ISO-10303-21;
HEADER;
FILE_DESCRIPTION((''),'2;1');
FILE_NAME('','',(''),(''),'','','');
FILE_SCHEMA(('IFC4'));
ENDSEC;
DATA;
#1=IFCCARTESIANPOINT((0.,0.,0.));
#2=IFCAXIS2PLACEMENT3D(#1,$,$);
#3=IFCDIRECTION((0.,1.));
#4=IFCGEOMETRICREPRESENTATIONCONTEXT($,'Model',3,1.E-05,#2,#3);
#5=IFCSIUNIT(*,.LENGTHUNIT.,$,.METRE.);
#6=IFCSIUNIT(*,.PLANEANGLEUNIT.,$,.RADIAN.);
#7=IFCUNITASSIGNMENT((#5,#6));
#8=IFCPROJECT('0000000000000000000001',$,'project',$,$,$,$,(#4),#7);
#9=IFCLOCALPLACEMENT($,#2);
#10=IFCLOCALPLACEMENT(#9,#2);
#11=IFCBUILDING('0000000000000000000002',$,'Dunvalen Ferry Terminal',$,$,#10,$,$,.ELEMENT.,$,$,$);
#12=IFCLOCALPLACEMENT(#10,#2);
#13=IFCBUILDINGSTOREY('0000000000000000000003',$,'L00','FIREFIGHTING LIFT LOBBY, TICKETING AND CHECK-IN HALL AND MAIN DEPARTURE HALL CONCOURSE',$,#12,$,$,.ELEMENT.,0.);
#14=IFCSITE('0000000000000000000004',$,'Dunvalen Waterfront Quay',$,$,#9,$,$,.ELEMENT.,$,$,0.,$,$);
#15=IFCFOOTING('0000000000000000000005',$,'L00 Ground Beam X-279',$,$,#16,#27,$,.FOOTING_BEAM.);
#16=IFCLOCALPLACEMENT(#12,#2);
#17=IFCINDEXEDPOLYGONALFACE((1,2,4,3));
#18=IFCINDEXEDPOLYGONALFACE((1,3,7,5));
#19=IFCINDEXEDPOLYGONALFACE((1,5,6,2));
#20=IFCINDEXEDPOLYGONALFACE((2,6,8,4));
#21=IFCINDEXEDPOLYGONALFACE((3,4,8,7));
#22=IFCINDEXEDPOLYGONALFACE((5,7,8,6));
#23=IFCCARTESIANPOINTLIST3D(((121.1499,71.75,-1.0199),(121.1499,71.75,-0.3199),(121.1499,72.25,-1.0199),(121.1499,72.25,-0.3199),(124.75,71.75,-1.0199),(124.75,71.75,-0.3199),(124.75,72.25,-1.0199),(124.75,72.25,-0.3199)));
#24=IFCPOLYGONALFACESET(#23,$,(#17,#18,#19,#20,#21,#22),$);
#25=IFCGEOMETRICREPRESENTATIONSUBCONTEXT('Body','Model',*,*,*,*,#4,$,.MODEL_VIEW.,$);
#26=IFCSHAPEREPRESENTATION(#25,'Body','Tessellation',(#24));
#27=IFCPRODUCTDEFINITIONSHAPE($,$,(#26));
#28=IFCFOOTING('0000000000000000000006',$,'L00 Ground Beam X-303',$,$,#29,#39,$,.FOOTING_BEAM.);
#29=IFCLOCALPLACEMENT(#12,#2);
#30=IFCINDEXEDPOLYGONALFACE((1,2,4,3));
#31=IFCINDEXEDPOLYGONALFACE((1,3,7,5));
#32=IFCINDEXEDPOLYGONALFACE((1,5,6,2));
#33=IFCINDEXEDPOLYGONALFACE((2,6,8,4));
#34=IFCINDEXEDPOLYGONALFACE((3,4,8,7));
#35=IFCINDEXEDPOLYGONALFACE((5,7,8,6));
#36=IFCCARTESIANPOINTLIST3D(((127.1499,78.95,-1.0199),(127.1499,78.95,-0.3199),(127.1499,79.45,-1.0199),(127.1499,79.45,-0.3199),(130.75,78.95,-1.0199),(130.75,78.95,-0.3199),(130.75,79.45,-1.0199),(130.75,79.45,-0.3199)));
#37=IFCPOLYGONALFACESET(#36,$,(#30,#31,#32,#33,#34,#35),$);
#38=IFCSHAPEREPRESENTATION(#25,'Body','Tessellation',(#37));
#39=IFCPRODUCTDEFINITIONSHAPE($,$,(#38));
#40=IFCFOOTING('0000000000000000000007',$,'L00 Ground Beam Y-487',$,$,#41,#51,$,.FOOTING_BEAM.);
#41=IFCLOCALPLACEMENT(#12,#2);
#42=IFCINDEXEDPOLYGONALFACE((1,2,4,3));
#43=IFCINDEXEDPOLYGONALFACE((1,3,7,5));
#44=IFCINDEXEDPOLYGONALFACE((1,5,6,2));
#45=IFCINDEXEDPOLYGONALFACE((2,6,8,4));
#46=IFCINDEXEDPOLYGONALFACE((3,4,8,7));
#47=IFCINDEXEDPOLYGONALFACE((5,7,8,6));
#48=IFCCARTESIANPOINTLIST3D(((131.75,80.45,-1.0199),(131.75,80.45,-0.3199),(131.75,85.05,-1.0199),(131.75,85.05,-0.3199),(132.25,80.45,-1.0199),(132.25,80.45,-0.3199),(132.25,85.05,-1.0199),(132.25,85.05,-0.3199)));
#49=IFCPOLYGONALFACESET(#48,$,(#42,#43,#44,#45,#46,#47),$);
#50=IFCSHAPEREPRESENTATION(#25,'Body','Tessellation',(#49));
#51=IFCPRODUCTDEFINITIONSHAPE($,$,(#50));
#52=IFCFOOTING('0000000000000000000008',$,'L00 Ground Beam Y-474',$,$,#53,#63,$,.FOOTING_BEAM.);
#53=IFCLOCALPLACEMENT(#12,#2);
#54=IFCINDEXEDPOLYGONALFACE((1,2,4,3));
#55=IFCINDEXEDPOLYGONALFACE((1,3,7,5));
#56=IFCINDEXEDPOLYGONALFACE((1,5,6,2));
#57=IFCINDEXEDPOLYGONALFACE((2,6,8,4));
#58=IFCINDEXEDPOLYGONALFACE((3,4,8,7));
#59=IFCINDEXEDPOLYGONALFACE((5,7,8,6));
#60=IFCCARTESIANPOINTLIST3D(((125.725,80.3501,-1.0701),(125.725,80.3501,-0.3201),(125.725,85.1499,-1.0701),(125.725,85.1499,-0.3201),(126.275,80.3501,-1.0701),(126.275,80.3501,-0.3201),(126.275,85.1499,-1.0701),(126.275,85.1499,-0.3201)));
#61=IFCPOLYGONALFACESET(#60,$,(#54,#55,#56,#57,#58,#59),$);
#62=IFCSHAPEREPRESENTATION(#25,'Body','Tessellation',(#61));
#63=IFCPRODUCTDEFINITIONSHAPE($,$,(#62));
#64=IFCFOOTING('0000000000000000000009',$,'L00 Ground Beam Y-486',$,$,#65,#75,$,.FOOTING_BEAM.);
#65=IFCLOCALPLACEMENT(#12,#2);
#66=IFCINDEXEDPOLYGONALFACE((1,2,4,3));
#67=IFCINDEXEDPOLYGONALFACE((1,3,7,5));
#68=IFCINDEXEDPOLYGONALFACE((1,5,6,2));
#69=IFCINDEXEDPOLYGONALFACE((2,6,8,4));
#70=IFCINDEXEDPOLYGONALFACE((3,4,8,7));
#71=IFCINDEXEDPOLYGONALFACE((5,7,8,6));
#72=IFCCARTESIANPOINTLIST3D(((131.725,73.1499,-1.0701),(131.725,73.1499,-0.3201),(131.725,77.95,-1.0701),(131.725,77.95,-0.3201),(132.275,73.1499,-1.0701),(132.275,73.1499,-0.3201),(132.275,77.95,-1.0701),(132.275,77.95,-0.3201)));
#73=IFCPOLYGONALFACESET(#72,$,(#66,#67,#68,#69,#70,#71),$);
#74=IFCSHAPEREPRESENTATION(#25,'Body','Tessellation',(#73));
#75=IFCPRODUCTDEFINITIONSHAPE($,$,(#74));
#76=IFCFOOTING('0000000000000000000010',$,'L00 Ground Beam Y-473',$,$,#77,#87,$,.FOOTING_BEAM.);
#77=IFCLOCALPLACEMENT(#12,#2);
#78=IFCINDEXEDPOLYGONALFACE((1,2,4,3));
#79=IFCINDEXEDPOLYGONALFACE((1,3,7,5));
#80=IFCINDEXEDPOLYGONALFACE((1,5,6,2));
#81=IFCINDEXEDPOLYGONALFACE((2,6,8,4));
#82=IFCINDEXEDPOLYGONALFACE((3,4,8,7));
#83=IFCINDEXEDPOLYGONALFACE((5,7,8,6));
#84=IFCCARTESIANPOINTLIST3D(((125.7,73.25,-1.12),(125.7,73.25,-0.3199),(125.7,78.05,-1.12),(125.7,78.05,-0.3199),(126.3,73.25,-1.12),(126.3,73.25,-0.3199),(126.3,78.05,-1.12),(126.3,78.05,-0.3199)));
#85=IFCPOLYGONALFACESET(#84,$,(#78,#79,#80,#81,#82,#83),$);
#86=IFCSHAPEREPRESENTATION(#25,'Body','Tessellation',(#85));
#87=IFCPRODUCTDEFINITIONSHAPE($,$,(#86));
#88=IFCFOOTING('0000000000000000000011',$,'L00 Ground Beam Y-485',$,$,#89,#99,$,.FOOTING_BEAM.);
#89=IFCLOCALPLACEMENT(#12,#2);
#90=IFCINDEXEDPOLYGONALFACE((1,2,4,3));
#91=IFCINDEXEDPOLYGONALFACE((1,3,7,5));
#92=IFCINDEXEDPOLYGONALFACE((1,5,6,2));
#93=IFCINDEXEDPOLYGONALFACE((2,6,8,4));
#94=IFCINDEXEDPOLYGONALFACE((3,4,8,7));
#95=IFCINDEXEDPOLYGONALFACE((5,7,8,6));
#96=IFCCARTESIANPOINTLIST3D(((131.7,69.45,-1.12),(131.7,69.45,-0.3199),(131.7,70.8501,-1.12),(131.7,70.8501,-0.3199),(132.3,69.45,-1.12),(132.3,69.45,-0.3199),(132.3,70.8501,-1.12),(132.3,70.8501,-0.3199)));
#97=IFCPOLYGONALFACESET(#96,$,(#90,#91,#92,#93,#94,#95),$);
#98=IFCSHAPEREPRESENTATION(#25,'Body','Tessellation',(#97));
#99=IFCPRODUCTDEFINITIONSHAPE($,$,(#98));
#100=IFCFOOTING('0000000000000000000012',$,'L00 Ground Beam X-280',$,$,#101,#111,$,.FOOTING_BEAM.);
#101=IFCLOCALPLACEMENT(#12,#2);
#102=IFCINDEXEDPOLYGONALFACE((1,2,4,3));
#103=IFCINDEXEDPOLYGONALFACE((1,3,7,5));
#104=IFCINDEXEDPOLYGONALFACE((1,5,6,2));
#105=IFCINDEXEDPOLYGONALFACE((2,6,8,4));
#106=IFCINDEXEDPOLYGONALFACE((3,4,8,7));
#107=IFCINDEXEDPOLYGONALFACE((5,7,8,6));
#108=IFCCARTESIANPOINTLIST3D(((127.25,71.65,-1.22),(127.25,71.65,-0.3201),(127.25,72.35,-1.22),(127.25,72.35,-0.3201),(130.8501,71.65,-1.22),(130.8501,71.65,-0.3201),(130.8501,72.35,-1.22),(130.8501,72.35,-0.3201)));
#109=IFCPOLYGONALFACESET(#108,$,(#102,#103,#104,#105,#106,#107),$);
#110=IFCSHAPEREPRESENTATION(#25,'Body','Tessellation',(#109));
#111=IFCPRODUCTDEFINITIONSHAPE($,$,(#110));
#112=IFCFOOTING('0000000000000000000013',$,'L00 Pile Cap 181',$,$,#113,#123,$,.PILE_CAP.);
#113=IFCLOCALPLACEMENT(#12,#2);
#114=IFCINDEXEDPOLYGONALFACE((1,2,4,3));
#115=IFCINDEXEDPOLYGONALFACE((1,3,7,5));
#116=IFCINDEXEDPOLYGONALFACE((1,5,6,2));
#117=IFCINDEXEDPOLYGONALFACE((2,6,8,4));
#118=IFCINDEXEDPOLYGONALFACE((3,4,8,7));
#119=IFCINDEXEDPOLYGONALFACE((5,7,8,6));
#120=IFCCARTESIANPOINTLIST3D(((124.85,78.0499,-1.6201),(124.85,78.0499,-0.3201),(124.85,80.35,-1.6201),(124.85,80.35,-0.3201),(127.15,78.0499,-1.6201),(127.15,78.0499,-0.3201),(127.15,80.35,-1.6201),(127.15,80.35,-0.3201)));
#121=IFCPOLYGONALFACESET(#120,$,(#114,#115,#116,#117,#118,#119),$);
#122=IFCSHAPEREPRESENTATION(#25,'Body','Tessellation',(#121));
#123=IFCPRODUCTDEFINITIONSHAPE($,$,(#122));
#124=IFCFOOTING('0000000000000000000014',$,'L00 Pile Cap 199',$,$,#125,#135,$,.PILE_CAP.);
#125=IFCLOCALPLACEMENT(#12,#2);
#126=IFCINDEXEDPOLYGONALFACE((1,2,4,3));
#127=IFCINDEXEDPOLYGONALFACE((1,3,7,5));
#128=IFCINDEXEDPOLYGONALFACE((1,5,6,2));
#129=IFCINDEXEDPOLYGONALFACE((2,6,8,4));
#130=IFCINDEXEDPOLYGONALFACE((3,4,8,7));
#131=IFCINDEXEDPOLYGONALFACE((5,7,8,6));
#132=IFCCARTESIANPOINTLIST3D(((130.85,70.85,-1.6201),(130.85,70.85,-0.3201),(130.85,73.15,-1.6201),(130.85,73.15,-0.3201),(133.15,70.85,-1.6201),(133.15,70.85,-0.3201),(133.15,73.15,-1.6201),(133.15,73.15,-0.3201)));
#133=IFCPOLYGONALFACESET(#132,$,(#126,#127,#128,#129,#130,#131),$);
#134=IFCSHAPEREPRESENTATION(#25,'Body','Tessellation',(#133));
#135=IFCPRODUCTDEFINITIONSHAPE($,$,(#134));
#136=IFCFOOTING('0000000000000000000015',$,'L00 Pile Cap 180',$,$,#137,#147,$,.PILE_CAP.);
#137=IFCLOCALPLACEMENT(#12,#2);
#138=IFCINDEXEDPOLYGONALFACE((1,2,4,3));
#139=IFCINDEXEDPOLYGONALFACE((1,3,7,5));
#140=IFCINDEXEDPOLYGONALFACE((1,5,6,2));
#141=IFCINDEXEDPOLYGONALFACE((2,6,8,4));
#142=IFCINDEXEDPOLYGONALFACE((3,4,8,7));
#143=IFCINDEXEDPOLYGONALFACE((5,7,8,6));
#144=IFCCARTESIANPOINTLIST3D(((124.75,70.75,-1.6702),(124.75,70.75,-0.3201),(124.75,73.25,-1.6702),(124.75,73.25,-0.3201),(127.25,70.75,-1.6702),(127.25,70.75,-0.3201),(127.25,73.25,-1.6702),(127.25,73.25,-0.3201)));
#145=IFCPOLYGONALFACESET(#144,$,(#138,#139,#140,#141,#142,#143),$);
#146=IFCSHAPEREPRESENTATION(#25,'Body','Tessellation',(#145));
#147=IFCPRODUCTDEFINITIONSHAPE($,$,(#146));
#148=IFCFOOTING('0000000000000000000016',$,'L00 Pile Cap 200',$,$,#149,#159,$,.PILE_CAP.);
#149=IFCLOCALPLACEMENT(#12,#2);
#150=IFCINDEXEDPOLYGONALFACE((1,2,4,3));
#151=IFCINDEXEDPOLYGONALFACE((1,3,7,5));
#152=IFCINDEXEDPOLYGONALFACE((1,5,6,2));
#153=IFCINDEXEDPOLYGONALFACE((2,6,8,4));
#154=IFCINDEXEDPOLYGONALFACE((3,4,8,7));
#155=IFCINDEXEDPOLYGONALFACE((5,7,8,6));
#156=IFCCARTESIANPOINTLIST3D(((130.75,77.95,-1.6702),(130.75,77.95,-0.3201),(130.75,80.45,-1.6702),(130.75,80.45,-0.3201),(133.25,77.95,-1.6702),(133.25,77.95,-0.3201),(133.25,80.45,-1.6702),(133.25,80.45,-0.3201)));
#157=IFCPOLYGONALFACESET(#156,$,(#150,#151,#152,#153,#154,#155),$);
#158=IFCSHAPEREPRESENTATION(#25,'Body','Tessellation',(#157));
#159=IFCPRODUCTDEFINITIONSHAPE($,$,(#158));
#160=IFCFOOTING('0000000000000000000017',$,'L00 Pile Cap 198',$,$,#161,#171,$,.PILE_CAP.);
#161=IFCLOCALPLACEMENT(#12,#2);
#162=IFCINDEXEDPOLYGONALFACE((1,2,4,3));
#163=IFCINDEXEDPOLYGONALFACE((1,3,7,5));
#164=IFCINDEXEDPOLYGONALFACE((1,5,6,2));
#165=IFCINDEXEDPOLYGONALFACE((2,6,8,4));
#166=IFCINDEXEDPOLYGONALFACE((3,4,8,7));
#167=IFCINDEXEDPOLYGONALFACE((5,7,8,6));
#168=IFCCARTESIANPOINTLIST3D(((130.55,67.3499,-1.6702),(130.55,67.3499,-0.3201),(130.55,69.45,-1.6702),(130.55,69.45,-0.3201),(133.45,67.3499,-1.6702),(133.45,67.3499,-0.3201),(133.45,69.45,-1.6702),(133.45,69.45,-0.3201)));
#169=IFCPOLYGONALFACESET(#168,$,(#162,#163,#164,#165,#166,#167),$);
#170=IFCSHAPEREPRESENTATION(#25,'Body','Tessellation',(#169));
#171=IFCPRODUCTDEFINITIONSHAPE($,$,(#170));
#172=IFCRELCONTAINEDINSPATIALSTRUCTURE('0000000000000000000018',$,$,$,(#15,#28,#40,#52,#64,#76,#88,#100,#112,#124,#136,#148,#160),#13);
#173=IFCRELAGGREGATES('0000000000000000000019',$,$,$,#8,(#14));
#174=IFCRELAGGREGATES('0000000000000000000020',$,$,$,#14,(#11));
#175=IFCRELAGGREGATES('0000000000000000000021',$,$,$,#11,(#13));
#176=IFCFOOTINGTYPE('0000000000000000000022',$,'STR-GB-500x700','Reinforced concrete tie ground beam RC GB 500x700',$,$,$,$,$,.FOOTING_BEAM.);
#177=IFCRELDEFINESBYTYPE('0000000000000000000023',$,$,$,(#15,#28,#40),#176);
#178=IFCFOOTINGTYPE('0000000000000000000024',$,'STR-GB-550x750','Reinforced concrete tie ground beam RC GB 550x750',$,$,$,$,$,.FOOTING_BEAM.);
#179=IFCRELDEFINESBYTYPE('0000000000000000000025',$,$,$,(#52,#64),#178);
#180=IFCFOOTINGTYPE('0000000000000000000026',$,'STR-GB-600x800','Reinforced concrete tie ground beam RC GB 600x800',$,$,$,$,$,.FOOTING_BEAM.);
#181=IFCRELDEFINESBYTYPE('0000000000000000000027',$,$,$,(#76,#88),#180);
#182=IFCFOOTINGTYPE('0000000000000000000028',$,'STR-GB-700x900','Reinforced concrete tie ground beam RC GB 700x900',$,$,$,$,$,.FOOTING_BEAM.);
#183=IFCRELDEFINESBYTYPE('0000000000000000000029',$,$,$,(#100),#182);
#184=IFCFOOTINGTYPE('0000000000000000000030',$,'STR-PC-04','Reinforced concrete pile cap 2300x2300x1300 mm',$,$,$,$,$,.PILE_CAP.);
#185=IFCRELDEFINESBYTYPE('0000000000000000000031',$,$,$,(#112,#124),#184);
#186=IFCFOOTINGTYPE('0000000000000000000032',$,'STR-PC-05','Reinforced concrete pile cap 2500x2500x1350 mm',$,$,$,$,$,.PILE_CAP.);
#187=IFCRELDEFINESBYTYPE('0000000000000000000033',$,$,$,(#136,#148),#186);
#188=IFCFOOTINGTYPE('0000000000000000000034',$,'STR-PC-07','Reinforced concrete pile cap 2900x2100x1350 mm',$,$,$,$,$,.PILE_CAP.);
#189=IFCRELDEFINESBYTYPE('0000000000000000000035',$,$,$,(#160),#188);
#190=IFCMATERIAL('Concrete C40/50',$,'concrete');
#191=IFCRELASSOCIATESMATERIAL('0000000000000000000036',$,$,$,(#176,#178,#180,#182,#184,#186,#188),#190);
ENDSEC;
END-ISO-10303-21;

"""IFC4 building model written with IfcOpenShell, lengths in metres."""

from ifc_helpers import new_model, si_unit, direction, frame, origin, origin_2d, place, context, subcontext, project, spatial, rectangle, extrude, material, material_profile, profile_set, type_object, element, save


model = new_model("IFC4")

# Units and contexts
model_context = context("Model", 3, precision=1e-05, world=origin(), true_north=direction((0.0, 1.0)))
body_context = subcontext(model_context, "Body", "Model", "MODEL_VIEW")
ifc_project = project(units=[si_unit("LENGTHUNIT", "METRE"), si_unit("PLANEANGLEUNIT", "RADIAN")], contexts=[model_context])

# Site, building, storey
site_placement = place(None, origin())
site = spatial("IfcSite", under=ifc_project, at=site_placement, Name="Dunvalen Waterfront Quay", CompositionType="ELEMENT", RefElevation=0.0)
building_placement = place(site_placement, origin())
building = spatial("IfcBuilding", under=site, at=building_placement, Name="Dunvalen Ferry Terminal", CompositionType="ELEMENT")
storey_placement = place(building_placement, origin())
storey = spatial("IfcBuildingStorey", under=building, at=storey_placement, Name="L00", Description="FIREFIGHTING LIFT LOBBY, TICKETING AND CHECK-IN HALL AND MAIN DEPARTURE HALL CONCOURSE", CompositionType="ELEMENT", Elevation=0.0)

# Footings
ifc_material_1 = material(Name="Concrete C40/50", Category="concrete")
ifc_material_profile_1 = material_profile(ifc_material_1, rectangle(XDim=0.5, YDim=0.7, at=origin_2d()), Name="Concrete C40/50")
ifc_profile_set_1 = profile_set([ifc_material_profile_1], Name="Concrete C40/50")
footing_type_1 = type_object("IfcFootingType", Name="STR-GB-500x700", Description="Reinforced concrete tie ground beam RC GB 500x700", PredefinedType="FOOTING_BEAM", material=ifc_profile_set_1)
for number, where, z_axis, x_axis, name in (
    (1, (121.1499, 72.0, -0.6699), (1.0, 0.0, 0.0), (0.0, 1.0, 0.0), "L00 Ground Beam X-279"),
    (2, (127.1499, 79.2, -0.6699), (1.0, 0.0, 0.0), (0.0, 1.0, 0.0), "L00 Ground Beam X-303"),
):
    element("IfcFooting", number, at=place(storey_placement, frame(where, z_axis=z_axis, x_axis=x_axis)), inside=storey, type_object=footing_type_1, Name=name, PredefinedType="FOOTING_BEAM", context=body_context, shape_type="SweptSolid", body=[
        extrude(rectangle(XDim=0.5, YDim=0.7, at=origin_2d()), origin(), (0.0, 0.0, 1.0), 3.6001),
    ])
footing_1_placement = place(storey_placement, frame((132.0, 80.45, -0.6699), z_axis=(0.0, 1.0, 0.0), x_axis=(-1.0, 0.0, 0.0)))
element("IfcFooting", 3, at=footing_1_placement, inside=storey, type_object=footing_type_1, Name="L00 Ground Beam Y-487", PredefinedType="FOOTING_BEAM", context=body_context, shape_type="SweptSolid", body=[
    extrude(rectangle(XDim=0.5, YDim=0.7, at=origin_2d()), origin(), (0.0, 0.0, 1.0), 4.6001),
])
ifc_material_profile_2 = material_profile(ifc_material_1, rectangle(XDim=0.55, YDim=0.75, at=origin_2d()), Name="Concrete C40/50")
ifc_profile_set_2 = profile_set([ifc_material_profile_2], Name="Concrete C40/50")
footing_type_2 = type_object("IfcFootingType", Name="STR-GB-550x750", Description="Reinforced concrete tie ground beam RC GB 550x750", PredefinedType="FOOTING_BEAM", material=ifc_profile_set_2)
footing_2_placement = place(storey_placement, frame((126.0, 80.3501, -0.6951), z_axis=(0.0, 1.0, 0.0), x_axis=(-1.0, 0.0, 0.0)))
element("IfcFooting", 4, at=footing_2_placement, inside=storey, type_object=footing_type_2, Name="L00 Ground Beam Y-474", PredefinedType="FOOTING_BEAM", context=body_context, shape_type="SweptSolid", body=[
    extrude(rectangle(XDim=0.55, YDim=0.75, at=origin_2d()), origin(), (0.0, 0.0, 1.0), 4.7998),
])
footing_3_placement = place(storey_placement, frame((132.0, 73.1499, -0.6951), z_axis=(0.0, 1.0, 0.0), x_axis=(-1.0, 0.0, 0.0)))
element("IfcFooting", 5, at=footing_3_placement, inside=storey, type_object=footing_type_2, Name="L00 Ground Beam Y-486", PredefinedType="FOOTING_BEAM", context=body_context, shape_type="SweptSolid", body=[
    extrude(rectangle(XDim=0.55, YDim=0.75, at=origin_2d()), origin(), (0.0, 0.0, 1.0), 4.8),
])
ifc_material_profile_3 = material_profile(ifc_material_1, rectangle(XDim=0.6001, YDim=0.8, at=origin_2d()), Name="Concrete C40/50")
ifc_profile_set_3 = profile_set([ifc_material_profile_3], Name="Concrete C40/50")
footing_type_3 = type_object("IfcFootingType", Name="STR-GB-600x800", Description="Reinforced concrete tie ground beam RC GB 600x800", PredefinedType="FOOTING_BEAM", material=ifc_profile_set_3)
footing_4_placement = place(storey_placement, frame((126.0, 73.25, -0.72), z_axis=(0.0, 1.0, 0.0), x_axis=(-1.0, 0.0, 0.0)))
element("IfcFooting", 6, at=footing_4_placement, inside=storey, type_object=footing_type_3, Name="L00 Ground Beam Y-473", PredefinedType="FOOTING_BEAM", context=body_context, shape_type="SweptSolid", body=[
    extrude(rectangle(XDim=0.6001, YDim=0.8, at=origin_2d()), origin(), (0.0, 0.0, 1.0), 4.8),
])
footing_5_placement = place(storey_placement, frame((132.0, 69.45, -0.72), z_axis=(0.0, 1.0, 0.0), x_axis=(-1.0, 0.0, 0.0)))
element("IfcFooting", 7, at=footing_5_placement, inside=storey, type_object=footing_type_3, Name="L00 Ground Beam Y-485", PredefinedType="FOOTING_BEAM", context=body_context, shape_type="SweptSolid", body=[
    extrude(rectangle(XDim=0.6001, YDim=0.8, at=origin_2d()), origin(), (0.0, 0.0, 1.0), 1.4001),
])
ifc_material_profile_4 = material_profile(ifc_material_1, rectangle(XDim=0.7, YDim=0.8999, at=origin_2d()), Name="Concrete C40/50")
ifc_profile_set_4 = profile_set([ifc_material_profile_4], Name="Concrete C40/50")
footing_type_4 = type_object("IfcFootingType", Name="STR-GB-700x900", Description="Reinforced concrete tie ground beam RC GB 700x900", PredefinedType="FOOTING_BEAM", material=ifc_profile_set_4)
footing_6_placement = place(storey_placement, frame((127.25, 72.0, -0.77), z_axis=(1.0, 0.0, 0.0), x_axis=(0.0, 1.0, 0.0)))
element("IfcFooting", 8, at=footing_6_placement, inside=storey, type_object=footing_type_4, Name="L00 Ground Beam X-280", PredefinedType="FOOTING_BEAM", context=body_context, shape_type="SweptSolid", body=[
    extrude(rectangle(XDim=0.7, YDim=0.8999, at=origin_2d()), origin(), (0.0, 0.0, 1.0), 3.6001),
])
footing_type_5 = type_object("IfcFootingType", Name="STR-PC-04", Description="Reinforced concrete pile cap 2300x2300x1300 mm", PredefinedType="PILE_CAP", material=ifc_material_1)
for number, where, z_axis, x_axis, name in (
    (9, (126.0, 79.2, -1.6201), (0.0, 0.0, 1.0), (1.0, 0.0, 0.0), "L00 Pile Cap 181"),
    (10, (132.0, 72.0, -1.6201), (0.0, 0.0, 1.0), (1.0, 0.0, 0.0), "L00 Pile Cap 199"),
):
    element("IfcFooting", number, at=place(storey_placement, frame(where, z_axis=z_axis, x_axis=x_axis)), inside=storey, type_object=footing_type_5, Name=name, PredefinedType="PILE_CAP", context=body_context, shape_type="SweptSolid", body=[
        extrude(rectangle(XDim=2.3, YDim=2.3, at=origin_2d()), origin(), (0.0, 0.0, 1.0), 1.3),
    ])
footing_type_6 = type_object("IfcFootingType", Name="STR-PC-05", Description="Reinforced concrete pile cap 2500x2500x1350 mm", PredefinedType="PILE_CAP", material=ifc_material_1)
for number, where, z_axis, x_axis, name in (
    (11, (126.0, 72.0, -1.6702), (0.0, 0.0, 1.0), (1.0, 0.0, 0.0), "L00 Pile Cap 180"),
    (12, (132.0, 79.2, -1.6702), (0.0, 0.0, 1.0), (1.0, 0.0, 0.0), "L00 Pile Cap 200"),
):
    element("IfcFooting", number, at=place(storey_placement, frame(where, z_axis=z_axis, x_axis=x_axis)), inside=storey, type_object=footing_type_6, Name=name, PredefinedType="PILE_CAP", context=body_context, shape_type="SweptSolid", body=[
        extrude(rectangle(XDim=2.5, YDim=2.5, at=origin_2d()), origin(), (0.0, 0.0, 1.0), 1.3501),
    ])
footing_type_7 = type_object("IfcFootingType", Name="STR-PC-07", Description="Reinforced concrete pile cap 2900x2100x1350 mm", PredefinedType="PILE_CAP", material=ifc_material_1)
footing_7_placement = place(storey_placement, frame((132.0, 68.3999, -1.6702), z_axis=(0.0, 0.0, 1.0), x_axis=(1.0, 0.0, 0.0)))
element("IfcFooting", 13, at=footing_7_placement, inside=storey, type_object=footing_type_7, Name="L00 Pile Cap 198", PredefinedType="PILE_CAP", context=body_context, shape_type="SweptSolid", body=[
    extrude(rectangle(XDim=2.8999, YDim=2.1001, at=origin_2d()), origin(), (0.0, 0.0, 1.0), 1.3501),
])

save(model, "model.ifc")
